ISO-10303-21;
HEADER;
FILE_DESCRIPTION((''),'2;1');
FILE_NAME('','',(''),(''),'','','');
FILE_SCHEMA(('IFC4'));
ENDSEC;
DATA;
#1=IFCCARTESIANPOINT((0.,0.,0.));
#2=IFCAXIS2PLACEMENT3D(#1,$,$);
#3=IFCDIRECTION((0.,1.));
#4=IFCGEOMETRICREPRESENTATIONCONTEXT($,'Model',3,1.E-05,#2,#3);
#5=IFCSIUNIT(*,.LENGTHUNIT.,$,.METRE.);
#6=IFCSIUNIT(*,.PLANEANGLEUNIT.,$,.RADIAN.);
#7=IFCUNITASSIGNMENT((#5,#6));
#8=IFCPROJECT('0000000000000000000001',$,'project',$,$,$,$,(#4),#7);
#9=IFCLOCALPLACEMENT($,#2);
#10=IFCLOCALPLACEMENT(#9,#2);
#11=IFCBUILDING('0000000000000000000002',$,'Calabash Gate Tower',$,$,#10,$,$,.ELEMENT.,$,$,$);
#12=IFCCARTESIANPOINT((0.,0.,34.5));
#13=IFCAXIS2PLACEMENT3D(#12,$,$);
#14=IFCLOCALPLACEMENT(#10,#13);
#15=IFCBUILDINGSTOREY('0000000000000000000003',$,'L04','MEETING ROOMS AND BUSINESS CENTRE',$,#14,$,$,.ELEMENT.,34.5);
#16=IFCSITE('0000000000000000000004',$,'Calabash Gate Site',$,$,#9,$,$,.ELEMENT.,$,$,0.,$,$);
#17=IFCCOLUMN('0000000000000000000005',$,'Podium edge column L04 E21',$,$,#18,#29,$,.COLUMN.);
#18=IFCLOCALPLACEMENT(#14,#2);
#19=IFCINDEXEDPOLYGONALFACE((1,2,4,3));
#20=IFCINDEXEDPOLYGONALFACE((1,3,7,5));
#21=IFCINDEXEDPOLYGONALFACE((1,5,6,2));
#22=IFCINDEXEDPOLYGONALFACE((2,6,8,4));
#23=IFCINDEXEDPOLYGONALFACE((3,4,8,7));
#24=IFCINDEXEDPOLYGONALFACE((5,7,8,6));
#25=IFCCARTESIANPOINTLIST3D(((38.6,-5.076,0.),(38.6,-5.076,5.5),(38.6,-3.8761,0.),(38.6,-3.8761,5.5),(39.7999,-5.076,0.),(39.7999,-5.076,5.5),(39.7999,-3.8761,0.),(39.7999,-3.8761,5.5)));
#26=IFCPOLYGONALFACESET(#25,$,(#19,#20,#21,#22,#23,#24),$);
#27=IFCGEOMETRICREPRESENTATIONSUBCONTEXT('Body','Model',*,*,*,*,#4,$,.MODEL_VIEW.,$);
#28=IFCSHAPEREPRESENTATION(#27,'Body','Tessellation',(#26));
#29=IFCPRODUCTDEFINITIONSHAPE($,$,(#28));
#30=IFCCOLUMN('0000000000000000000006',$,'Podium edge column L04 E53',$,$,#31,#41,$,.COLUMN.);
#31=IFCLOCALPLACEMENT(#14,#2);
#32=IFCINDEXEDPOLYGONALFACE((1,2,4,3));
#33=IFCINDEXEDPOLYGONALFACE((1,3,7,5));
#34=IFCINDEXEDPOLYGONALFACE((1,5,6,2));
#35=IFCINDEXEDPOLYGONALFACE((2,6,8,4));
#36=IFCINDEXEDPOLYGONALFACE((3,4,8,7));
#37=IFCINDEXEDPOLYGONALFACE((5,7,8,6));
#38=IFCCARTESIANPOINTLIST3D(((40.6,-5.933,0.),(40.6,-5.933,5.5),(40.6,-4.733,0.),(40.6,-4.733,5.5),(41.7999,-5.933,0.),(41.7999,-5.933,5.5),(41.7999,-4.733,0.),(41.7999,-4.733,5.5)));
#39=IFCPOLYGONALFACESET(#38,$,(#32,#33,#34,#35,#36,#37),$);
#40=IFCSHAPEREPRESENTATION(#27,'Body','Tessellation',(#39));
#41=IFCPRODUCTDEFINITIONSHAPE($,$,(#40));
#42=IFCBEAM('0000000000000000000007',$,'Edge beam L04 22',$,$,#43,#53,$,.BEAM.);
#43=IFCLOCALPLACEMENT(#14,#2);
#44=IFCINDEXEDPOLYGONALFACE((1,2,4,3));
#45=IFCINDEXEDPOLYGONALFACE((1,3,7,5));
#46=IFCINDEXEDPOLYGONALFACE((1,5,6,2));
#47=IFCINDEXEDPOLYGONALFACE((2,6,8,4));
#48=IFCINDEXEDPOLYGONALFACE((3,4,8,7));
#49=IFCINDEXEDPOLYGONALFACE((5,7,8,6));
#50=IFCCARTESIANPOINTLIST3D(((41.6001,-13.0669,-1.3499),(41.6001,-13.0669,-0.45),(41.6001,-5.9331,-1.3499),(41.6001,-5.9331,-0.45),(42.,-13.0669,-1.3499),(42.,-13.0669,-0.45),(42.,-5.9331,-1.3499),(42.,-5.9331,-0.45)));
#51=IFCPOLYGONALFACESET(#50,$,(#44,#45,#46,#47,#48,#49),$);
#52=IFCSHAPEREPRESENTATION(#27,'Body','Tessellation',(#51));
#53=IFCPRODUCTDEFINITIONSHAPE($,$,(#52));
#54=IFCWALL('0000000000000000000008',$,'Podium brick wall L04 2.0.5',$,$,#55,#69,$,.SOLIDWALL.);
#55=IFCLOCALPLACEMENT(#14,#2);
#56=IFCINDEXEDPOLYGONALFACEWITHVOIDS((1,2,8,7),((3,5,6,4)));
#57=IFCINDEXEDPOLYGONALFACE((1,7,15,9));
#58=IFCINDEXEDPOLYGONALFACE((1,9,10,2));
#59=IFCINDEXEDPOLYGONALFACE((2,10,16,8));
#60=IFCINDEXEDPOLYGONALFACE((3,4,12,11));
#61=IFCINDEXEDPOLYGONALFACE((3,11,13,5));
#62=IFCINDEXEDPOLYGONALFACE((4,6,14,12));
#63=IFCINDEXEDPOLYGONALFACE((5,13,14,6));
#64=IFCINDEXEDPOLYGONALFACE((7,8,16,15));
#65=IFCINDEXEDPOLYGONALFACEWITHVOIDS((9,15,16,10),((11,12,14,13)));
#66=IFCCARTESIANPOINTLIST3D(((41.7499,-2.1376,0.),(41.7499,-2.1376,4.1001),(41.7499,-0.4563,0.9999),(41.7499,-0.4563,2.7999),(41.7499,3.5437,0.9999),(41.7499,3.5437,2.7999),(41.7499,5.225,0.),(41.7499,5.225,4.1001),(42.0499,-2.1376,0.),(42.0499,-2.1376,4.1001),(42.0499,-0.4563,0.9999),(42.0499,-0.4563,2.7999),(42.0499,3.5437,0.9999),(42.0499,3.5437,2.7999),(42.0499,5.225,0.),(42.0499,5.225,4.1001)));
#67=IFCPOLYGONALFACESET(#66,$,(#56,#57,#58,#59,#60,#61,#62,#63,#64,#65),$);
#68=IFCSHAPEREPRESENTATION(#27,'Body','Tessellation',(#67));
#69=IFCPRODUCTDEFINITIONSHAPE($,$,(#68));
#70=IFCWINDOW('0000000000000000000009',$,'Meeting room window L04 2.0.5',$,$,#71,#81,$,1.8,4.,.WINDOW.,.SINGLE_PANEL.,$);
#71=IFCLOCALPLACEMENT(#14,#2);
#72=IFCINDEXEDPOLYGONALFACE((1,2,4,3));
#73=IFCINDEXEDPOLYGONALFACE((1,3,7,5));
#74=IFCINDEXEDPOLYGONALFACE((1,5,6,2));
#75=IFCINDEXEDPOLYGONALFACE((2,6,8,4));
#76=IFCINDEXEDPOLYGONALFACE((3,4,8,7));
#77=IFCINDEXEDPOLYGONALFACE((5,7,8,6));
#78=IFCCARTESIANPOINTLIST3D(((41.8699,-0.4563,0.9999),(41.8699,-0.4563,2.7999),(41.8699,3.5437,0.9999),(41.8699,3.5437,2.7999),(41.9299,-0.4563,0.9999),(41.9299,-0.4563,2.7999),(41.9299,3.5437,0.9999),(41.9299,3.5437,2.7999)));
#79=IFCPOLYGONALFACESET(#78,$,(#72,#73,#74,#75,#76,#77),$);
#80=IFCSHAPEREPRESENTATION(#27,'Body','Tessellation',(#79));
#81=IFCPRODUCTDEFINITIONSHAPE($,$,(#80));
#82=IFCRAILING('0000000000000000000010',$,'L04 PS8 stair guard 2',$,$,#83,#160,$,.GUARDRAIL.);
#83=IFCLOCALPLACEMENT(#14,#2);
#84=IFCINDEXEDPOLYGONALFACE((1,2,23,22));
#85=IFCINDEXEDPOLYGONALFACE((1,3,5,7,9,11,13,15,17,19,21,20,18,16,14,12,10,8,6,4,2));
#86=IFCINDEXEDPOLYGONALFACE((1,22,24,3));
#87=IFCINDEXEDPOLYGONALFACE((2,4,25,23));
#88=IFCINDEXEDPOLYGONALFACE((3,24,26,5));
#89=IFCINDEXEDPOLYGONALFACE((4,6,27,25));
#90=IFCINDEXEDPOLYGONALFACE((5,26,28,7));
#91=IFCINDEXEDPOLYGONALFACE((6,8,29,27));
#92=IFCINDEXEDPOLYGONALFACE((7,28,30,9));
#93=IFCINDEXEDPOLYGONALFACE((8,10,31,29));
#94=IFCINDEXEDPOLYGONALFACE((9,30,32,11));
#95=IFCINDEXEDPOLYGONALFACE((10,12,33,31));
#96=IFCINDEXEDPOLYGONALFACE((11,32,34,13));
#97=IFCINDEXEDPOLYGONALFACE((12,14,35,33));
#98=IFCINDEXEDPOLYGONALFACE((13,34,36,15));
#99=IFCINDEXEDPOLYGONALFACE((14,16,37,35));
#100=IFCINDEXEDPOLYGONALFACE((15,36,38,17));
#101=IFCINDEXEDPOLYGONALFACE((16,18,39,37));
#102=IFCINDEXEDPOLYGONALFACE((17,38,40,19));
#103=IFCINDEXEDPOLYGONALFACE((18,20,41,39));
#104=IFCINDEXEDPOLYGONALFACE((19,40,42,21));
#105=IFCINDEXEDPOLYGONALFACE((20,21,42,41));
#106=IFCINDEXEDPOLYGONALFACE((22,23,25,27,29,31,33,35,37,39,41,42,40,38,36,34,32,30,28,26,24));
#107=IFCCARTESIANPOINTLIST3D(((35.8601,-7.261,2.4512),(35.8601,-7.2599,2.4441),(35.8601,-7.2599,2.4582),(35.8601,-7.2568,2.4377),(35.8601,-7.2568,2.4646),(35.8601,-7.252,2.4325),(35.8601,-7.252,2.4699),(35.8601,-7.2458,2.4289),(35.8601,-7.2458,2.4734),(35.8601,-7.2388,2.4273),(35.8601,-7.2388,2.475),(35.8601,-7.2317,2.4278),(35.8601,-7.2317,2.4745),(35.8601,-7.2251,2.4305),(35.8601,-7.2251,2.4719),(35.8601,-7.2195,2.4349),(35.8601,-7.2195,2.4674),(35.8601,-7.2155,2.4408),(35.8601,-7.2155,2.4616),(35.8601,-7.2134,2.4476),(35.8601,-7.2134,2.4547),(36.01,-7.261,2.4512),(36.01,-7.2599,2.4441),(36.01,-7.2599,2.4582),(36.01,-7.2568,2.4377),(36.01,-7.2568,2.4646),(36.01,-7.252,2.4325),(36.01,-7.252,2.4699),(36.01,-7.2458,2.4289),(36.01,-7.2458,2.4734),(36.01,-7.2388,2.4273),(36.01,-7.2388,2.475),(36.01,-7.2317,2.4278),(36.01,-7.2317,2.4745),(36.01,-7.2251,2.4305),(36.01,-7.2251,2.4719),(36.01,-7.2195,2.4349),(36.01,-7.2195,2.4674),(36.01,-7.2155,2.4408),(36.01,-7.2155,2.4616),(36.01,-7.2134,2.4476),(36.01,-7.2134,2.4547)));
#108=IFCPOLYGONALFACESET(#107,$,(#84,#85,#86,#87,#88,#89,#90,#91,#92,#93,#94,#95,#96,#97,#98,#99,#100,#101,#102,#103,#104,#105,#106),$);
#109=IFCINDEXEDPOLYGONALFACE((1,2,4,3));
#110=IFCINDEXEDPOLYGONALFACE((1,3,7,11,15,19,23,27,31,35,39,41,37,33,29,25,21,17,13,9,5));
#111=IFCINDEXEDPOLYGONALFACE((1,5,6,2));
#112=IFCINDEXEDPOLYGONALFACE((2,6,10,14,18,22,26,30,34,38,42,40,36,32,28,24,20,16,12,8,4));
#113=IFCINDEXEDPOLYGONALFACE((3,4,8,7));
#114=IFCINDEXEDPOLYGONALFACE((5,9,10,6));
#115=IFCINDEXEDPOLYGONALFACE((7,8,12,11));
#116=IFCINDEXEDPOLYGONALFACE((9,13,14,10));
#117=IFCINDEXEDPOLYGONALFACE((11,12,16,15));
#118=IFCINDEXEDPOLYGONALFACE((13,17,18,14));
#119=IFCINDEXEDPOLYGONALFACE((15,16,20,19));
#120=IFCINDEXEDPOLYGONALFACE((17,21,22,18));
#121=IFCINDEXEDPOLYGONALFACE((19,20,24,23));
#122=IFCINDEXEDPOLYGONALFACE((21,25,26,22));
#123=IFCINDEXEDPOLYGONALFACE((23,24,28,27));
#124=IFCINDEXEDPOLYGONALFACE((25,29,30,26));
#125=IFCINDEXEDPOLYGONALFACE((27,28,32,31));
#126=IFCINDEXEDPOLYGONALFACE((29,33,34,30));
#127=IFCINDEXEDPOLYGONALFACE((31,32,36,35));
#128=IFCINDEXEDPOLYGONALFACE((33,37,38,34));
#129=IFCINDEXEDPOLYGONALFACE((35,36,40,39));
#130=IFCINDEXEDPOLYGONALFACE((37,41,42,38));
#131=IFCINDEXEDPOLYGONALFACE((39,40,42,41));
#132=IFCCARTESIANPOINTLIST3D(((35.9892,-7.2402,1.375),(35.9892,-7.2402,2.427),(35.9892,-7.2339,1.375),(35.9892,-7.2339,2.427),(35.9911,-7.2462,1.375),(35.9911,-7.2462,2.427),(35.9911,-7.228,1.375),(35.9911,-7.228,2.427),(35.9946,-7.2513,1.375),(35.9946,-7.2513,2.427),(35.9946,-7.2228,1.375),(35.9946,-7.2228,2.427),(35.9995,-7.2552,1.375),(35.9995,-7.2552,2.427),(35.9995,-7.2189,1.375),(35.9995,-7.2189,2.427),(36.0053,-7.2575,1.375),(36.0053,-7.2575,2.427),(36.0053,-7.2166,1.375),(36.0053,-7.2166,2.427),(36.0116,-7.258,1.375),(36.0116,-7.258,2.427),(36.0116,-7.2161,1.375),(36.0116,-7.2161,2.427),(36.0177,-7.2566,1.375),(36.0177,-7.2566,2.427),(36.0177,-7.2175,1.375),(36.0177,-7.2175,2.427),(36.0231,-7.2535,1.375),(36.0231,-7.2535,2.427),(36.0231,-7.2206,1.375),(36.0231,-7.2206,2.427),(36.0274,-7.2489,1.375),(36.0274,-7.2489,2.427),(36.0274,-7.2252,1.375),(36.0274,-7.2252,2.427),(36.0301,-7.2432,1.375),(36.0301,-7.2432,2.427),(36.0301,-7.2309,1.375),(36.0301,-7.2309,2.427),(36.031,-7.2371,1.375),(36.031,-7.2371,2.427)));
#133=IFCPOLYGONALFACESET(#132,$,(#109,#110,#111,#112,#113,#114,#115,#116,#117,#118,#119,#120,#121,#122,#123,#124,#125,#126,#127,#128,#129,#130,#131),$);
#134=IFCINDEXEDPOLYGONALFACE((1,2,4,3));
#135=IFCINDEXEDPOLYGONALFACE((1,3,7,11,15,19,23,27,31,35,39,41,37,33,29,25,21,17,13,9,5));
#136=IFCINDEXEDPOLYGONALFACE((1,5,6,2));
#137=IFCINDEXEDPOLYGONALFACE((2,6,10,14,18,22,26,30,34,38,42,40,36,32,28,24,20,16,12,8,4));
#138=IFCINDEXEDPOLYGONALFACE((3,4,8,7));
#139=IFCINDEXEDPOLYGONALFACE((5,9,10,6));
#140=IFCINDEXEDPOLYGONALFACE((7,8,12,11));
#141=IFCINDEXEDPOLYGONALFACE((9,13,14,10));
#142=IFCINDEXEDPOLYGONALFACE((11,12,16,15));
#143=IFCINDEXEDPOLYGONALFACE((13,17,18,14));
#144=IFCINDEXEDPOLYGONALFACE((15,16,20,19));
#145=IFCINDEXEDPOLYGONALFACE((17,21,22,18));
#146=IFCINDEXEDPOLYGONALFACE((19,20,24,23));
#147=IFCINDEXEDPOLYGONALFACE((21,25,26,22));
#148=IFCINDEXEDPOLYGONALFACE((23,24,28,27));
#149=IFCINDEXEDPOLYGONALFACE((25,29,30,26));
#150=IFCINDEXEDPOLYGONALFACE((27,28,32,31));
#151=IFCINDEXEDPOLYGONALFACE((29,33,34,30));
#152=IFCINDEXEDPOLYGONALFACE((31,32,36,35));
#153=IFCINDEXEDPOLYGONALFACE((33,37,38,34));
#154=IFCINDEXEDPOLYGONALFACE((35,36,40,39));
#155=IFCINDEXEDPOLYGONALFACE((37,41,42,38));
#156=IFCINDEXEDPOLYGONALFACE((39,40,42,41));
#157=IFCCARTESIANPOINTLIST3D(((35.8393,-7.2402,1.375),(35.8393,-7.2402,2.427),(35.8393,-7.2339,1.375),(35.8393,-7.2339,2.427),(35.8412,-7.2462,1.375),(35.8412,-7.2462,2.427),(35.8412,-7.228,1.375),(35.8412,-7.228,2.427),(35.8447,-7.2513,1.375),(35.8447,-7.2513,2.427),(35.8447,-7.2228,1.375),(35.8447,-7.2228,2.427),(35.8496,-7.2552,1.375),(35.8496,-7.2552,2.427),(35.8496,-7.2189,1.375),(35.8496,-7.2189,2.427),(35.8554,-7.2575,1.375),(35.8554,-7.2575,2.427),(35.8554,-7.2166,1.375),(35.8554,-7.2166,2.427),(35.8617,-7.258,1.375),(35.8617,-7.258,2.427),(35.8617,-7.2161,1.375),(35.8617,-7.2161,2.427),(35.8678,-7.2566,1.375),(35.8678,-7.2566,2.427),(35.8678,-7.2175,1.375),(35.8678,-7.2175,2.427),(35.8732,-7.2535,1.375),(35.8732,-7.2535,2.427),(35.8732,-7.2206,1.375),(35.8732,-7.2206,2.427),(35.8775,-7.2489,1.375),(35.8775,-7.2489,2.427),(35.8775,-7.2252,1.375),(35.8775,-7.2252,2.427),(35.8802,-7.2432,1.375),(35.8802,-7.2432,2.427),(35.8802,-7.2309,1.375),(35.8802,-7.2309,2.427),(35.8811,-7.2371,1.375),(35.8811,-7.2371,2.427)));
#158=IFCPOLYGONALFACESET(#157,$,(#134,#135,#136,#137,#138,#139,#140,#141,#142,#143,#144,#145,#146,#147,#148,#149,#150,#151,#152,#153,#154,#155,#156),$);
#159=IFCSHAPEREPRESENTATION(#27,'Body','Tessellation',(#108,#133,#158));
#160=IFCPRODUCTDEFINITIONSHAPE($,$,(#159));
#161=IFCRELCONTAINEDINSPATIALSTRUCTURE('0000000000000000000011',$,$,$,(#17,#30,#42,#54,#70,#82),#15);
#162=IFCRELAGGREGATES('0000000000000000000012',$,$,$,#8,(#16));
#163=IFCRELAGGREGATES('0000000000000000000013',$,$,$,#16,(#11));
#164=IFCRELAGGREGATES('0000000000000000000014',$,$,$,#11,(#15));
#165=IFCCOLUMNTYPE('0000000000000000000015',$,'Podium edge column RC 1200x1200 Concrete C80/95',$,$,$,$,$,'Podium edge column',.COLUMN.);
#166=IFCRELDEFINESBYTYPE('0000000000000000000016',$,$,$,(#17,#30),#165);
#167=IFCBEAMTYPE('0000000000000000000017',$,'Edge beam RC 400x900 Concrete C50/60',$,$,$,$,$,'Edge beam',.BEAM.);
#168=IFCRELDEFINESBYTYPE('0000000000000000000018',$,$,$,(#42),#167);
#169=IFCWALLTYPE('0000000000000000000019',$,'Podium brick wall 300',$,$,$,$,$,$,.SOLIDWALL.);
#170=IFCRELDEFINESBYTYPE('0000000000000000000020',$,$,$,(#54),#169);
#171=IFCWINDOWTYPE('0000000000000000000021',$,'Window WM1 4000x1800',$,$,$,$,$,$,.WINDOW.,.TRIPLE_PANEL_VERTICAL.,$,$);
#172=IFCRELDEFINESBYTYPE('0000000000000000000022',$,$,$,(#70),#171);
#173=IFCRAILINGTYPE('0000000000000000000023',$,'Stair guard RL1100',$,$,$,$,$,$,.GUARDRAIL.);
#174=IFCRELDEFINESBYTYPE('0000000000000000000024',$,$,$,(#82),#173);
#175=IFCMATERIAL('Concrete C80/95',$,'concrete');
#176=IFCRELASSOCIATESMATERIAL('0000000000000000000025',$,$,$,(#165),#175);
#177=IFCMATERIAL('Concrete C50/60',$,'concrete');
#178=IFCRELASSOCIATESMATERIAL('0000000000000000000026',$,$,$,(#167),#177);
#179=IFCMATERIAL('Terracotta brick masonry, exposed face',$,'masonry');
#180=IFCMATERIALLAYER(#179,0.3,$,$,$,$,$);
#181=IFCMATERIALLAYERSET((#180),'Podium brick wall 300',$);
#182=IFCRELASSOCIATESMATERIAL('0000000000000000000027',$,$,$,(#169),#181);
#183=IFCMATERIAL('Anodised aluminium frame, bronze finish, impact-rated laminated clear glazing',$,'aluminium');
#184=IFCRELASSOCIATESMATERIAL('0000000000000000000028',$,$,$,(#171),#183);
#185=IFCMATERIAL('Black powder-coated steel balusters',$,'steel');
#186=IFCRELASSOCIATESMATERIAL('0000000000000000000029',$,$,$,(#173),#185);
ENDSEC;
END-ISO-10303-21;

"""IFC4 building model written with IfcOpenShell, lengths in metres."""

from ifc_helpers import new_model, si_unit, direction, frame, frame_2d, origin, origin_2d, place, context, subcontext, project, spatial, rectangle, circle, extrude, material, layer, layer_set, material_profile, profile_set, type_object, element, fill, save


model = new_model("IFC4")

# Units and contexts
model_context = context("Model", 3, precision=1e-05, world=origin(), true_north=direction((0.0, 1.0)))
body_context = subcontext(model_context, "Body", "Model", "MODEL_VIEW")
ifc_project = project(units=[si_unit("LENGTHUNIT", "METRE"), si_unit("PLANEANGLEUNIT", "RADIAN")], contexts=[model_context])

# Site, building, storey
site_placement = place(None, origin())
site = spatial("IfcSite", under=ifc_project, at=site_placement, Name="Calabash Gate Site", CompositionType="ELEMENT", RefElevation=0.0)
building_placement = place(site_placement, origin())
building = spatial("IfcBuilding", under=site, at=building_placement, Name="Calabash Gate Tower", CompositionType="ELEMENT")
storey_placement = place(building_placement, frame((0.0, 0.0, 34.5)))
storey = spatial("IfcBuildingStorey", under=building, at=storey_placement, Name="L04", Description="MEETING ROOMS AND BUSINESS CENTRE", CompositionType="ELEMENT", Elevation=34.5)

# Columns
ifc_material_1 = material(Name="Concrete C80/95", Category="concrete")
ifc_material_profile_1 = material_profile(ifc_material_1, rectangle(XDim=1.2, YDim=1.2, at=origin_2d()))
ifc_profile_set_1 = profile_set([ifc_material_profile_1], Name="Concrete C80/95")
column_type = type_object("IfcColumnType", Name="Podium edge column RC 1200x1200 Concrete C80/95", ElementType="Podium edge column", PredefinedType="COLUMN", material=ifc_profile_set_1)
for number, where, z_axis, x_axis, name in (
    (1, (39.2, -4.4761, 0.0), (0.0, 0.0, 1.0), (1.0, 0.0, 0.0), "Podium edge column L04 E21"),
    (2, (41.2, -5.333, 0.0), (0.0, 0.0, 1.0), (1.0, 0.0, 0.0), "Podium edge column L04 E53"),
):
    element("IfcColumn", number, at=place(storey_placement, frame(where, z_axis=z_axis, x_axis=x_axis)), inside=storey, type_object=column_type, Name=name, PredefinedType="COLUMN", context=body_context, shape_type="SweptSolid", body=[
        extrude(rectangle(XDim=1.2, YDim=1.2, at=origin_2d()), origin(), (0.0, 0.0, 1.0), 5.5),
    ])

# Beam
ifc_material_2 = material(Name="Concrete C50/60", Category="concrete")
ifc_material_profile_2 = material_profile(ifc_material_2, rectangle(XDim=0.3999, YDim=0.8999, at=origin_2d()))
ifc_profile_set_2 = profile_set([ifc_material_profile_2], Name="Concrete C50/60")
beam_type = type_object("IfcBeamType", Name="Edge beam RC 400x900 Concrete C50/60", ElementType="Edge beam", PredefinedType="BEAM", material=ifc_profile_set_2)
beam_placement = place(storey_placement, frame((41.8, -5.9331, -0.8999), z_axis=(0.0, -1.0, 0.0), x_axis=(1.0, 0.0, 0.0)))
element("IfcBeam", 3, at=beam_placement, inside=storey, type_object=beam_type, Name="Edge beam L04 22", PredefinedType="BEAM", context=body_context, shape_type="SweptSolid", body=[
    extrude(rectangle(XDim=0.3999, YDim=0.8999, at=origin_2d()), origin(), (0.0, 0.0, 1.0), 7.1338),
])

# Wall, opening, window
ifc_material_3 = material(Name="Terracotta brick masonry, exposed face", Category="masonry")
ifc_layer_1 = layer(ifc_material_3, 0.3)
ifc_layer_set_1 = layer_set([ifc_layer_1], Name="Podium brick wall 300")
wall_type_1 = type_object("IfcWallType", Name="Podium brick wall 300", PredefinedType="SOLIDWALL", material=ifc_layer_set_1)
wall_1_placement = place(storey_placement, frame((41.8999, -2.1375, 0.0), z_axis=(0.0, 0.0, 1.0), x_axis=(0.0, 1.0, 0.0)))
wall_1 = element("IfcWall", 4, at=wall_1_placement, inside=storey, type_object=wall_type_1, Name="Podium brick wall L04 2.0.5", PredefinedType="SOLIDWALL", context=body_context, shape_type="SweptSolid", body=[
    extrude(rectangle(XDim=7.3625, YDim=0.3, at=frame_2d((3.6812, 0.0))), origin(), (0.0, 0.0, 1.0), 4.1001),
])
opening_1_placement = place(wall_1_placement, frame((1.6812, 0.0, 1.0)))
opening_1 = element("IfcOpeningElement", 5, at=opening_1_placement, cuts=wall_1, PredefinedType="OPENING", context=body_context, shape_type="SweptSolid", body=[
    extrude(rectangle(XDim=4.0, YDim=1.8, at=frame_2d((2.0, 0.8999))), frame((0.0, 0.1599, 0.0), z_axis=(0.0, -1.0, 0.0), x_axis=(1.0, 0.0, 0.0)), (0.0, 0.0, 1.0), 0.3201),
])
ifc_material_4 = material(Name="Anodised aluminium frame, bronze finish, impact-rated laminated clear glazing", Category="aluminium")
window_type = type_object("IfcWindowType", Name="Window WM1 4000x1800", PartitioningType="TRIPLE_PANEL_VERTICAL", PredefinedType="WINDOW", material=ifc_material_4)
window_placement = place(opening_1_placement, origin())
window = element("IfcWindow", 6, at=window_placement, inside=storey, type_object=window_type, Name="Meeting room window L04 2.0.5", OverallHeight=1.8, OverallWidth=4.0, PartitioningType="SINGLE_PANEL", PredefinedType="WINDOW", context=body_context, shape_type="SweptSolid", body=[
    extrude(rectangle(XDim=4.0, YDim=1.8, at=frame_2d((2.0, 0.8999))), frame((0.0, 0.03, 0.0), z_axis=(0.0, -1.0, 0.0), x_axis=(1.0, 0.0, 0.0)), (0.0, 0.0, 1.0), 0.0601),
])
fill(opening_1, window)

# Railing
ifc_material_5 = material(Name="Black powder-coated steel balusters", Category="steel")
railing_type_1 = type_object("IfcRailingType", Name="Stair guard RL1100", PredefinedType="GUARDRAIL", material=ifc_material_5)
railing_1_placement = place(storey_placement, frame((36.01, -7.2371, 1.375)))
element("IfcRailing", 7, at=railing_1_placement, inside=storey, type_object=railing_type_1, Name="L04 PS8 stair guard 2", PredefinedType="GUARDRAIL", context=body_context, shape_type="SweptSolid", body=[
    extrude(circle(Radius=0.0239, at=origin_2d()), frame((0.0, 0.0, 1.0762), z_axis=(-1.0, 0.0, 0.0), x_axis=(0.0, -1.0, 0.0)), (0.0, 0.0, 1.0), 0.1499),
    extrude(circle(Radius=0.021, at=origin_2d()), origin(), (0.0, 0.0, 1.0), 1.052),
    extrude(circle(Radius=0.021, at=origin_2d()), frame((-0.1499, 0.0, 0.0)), (0.0, 0.0, 1.0), 1.052),
])

save(model, "model.ifc")
